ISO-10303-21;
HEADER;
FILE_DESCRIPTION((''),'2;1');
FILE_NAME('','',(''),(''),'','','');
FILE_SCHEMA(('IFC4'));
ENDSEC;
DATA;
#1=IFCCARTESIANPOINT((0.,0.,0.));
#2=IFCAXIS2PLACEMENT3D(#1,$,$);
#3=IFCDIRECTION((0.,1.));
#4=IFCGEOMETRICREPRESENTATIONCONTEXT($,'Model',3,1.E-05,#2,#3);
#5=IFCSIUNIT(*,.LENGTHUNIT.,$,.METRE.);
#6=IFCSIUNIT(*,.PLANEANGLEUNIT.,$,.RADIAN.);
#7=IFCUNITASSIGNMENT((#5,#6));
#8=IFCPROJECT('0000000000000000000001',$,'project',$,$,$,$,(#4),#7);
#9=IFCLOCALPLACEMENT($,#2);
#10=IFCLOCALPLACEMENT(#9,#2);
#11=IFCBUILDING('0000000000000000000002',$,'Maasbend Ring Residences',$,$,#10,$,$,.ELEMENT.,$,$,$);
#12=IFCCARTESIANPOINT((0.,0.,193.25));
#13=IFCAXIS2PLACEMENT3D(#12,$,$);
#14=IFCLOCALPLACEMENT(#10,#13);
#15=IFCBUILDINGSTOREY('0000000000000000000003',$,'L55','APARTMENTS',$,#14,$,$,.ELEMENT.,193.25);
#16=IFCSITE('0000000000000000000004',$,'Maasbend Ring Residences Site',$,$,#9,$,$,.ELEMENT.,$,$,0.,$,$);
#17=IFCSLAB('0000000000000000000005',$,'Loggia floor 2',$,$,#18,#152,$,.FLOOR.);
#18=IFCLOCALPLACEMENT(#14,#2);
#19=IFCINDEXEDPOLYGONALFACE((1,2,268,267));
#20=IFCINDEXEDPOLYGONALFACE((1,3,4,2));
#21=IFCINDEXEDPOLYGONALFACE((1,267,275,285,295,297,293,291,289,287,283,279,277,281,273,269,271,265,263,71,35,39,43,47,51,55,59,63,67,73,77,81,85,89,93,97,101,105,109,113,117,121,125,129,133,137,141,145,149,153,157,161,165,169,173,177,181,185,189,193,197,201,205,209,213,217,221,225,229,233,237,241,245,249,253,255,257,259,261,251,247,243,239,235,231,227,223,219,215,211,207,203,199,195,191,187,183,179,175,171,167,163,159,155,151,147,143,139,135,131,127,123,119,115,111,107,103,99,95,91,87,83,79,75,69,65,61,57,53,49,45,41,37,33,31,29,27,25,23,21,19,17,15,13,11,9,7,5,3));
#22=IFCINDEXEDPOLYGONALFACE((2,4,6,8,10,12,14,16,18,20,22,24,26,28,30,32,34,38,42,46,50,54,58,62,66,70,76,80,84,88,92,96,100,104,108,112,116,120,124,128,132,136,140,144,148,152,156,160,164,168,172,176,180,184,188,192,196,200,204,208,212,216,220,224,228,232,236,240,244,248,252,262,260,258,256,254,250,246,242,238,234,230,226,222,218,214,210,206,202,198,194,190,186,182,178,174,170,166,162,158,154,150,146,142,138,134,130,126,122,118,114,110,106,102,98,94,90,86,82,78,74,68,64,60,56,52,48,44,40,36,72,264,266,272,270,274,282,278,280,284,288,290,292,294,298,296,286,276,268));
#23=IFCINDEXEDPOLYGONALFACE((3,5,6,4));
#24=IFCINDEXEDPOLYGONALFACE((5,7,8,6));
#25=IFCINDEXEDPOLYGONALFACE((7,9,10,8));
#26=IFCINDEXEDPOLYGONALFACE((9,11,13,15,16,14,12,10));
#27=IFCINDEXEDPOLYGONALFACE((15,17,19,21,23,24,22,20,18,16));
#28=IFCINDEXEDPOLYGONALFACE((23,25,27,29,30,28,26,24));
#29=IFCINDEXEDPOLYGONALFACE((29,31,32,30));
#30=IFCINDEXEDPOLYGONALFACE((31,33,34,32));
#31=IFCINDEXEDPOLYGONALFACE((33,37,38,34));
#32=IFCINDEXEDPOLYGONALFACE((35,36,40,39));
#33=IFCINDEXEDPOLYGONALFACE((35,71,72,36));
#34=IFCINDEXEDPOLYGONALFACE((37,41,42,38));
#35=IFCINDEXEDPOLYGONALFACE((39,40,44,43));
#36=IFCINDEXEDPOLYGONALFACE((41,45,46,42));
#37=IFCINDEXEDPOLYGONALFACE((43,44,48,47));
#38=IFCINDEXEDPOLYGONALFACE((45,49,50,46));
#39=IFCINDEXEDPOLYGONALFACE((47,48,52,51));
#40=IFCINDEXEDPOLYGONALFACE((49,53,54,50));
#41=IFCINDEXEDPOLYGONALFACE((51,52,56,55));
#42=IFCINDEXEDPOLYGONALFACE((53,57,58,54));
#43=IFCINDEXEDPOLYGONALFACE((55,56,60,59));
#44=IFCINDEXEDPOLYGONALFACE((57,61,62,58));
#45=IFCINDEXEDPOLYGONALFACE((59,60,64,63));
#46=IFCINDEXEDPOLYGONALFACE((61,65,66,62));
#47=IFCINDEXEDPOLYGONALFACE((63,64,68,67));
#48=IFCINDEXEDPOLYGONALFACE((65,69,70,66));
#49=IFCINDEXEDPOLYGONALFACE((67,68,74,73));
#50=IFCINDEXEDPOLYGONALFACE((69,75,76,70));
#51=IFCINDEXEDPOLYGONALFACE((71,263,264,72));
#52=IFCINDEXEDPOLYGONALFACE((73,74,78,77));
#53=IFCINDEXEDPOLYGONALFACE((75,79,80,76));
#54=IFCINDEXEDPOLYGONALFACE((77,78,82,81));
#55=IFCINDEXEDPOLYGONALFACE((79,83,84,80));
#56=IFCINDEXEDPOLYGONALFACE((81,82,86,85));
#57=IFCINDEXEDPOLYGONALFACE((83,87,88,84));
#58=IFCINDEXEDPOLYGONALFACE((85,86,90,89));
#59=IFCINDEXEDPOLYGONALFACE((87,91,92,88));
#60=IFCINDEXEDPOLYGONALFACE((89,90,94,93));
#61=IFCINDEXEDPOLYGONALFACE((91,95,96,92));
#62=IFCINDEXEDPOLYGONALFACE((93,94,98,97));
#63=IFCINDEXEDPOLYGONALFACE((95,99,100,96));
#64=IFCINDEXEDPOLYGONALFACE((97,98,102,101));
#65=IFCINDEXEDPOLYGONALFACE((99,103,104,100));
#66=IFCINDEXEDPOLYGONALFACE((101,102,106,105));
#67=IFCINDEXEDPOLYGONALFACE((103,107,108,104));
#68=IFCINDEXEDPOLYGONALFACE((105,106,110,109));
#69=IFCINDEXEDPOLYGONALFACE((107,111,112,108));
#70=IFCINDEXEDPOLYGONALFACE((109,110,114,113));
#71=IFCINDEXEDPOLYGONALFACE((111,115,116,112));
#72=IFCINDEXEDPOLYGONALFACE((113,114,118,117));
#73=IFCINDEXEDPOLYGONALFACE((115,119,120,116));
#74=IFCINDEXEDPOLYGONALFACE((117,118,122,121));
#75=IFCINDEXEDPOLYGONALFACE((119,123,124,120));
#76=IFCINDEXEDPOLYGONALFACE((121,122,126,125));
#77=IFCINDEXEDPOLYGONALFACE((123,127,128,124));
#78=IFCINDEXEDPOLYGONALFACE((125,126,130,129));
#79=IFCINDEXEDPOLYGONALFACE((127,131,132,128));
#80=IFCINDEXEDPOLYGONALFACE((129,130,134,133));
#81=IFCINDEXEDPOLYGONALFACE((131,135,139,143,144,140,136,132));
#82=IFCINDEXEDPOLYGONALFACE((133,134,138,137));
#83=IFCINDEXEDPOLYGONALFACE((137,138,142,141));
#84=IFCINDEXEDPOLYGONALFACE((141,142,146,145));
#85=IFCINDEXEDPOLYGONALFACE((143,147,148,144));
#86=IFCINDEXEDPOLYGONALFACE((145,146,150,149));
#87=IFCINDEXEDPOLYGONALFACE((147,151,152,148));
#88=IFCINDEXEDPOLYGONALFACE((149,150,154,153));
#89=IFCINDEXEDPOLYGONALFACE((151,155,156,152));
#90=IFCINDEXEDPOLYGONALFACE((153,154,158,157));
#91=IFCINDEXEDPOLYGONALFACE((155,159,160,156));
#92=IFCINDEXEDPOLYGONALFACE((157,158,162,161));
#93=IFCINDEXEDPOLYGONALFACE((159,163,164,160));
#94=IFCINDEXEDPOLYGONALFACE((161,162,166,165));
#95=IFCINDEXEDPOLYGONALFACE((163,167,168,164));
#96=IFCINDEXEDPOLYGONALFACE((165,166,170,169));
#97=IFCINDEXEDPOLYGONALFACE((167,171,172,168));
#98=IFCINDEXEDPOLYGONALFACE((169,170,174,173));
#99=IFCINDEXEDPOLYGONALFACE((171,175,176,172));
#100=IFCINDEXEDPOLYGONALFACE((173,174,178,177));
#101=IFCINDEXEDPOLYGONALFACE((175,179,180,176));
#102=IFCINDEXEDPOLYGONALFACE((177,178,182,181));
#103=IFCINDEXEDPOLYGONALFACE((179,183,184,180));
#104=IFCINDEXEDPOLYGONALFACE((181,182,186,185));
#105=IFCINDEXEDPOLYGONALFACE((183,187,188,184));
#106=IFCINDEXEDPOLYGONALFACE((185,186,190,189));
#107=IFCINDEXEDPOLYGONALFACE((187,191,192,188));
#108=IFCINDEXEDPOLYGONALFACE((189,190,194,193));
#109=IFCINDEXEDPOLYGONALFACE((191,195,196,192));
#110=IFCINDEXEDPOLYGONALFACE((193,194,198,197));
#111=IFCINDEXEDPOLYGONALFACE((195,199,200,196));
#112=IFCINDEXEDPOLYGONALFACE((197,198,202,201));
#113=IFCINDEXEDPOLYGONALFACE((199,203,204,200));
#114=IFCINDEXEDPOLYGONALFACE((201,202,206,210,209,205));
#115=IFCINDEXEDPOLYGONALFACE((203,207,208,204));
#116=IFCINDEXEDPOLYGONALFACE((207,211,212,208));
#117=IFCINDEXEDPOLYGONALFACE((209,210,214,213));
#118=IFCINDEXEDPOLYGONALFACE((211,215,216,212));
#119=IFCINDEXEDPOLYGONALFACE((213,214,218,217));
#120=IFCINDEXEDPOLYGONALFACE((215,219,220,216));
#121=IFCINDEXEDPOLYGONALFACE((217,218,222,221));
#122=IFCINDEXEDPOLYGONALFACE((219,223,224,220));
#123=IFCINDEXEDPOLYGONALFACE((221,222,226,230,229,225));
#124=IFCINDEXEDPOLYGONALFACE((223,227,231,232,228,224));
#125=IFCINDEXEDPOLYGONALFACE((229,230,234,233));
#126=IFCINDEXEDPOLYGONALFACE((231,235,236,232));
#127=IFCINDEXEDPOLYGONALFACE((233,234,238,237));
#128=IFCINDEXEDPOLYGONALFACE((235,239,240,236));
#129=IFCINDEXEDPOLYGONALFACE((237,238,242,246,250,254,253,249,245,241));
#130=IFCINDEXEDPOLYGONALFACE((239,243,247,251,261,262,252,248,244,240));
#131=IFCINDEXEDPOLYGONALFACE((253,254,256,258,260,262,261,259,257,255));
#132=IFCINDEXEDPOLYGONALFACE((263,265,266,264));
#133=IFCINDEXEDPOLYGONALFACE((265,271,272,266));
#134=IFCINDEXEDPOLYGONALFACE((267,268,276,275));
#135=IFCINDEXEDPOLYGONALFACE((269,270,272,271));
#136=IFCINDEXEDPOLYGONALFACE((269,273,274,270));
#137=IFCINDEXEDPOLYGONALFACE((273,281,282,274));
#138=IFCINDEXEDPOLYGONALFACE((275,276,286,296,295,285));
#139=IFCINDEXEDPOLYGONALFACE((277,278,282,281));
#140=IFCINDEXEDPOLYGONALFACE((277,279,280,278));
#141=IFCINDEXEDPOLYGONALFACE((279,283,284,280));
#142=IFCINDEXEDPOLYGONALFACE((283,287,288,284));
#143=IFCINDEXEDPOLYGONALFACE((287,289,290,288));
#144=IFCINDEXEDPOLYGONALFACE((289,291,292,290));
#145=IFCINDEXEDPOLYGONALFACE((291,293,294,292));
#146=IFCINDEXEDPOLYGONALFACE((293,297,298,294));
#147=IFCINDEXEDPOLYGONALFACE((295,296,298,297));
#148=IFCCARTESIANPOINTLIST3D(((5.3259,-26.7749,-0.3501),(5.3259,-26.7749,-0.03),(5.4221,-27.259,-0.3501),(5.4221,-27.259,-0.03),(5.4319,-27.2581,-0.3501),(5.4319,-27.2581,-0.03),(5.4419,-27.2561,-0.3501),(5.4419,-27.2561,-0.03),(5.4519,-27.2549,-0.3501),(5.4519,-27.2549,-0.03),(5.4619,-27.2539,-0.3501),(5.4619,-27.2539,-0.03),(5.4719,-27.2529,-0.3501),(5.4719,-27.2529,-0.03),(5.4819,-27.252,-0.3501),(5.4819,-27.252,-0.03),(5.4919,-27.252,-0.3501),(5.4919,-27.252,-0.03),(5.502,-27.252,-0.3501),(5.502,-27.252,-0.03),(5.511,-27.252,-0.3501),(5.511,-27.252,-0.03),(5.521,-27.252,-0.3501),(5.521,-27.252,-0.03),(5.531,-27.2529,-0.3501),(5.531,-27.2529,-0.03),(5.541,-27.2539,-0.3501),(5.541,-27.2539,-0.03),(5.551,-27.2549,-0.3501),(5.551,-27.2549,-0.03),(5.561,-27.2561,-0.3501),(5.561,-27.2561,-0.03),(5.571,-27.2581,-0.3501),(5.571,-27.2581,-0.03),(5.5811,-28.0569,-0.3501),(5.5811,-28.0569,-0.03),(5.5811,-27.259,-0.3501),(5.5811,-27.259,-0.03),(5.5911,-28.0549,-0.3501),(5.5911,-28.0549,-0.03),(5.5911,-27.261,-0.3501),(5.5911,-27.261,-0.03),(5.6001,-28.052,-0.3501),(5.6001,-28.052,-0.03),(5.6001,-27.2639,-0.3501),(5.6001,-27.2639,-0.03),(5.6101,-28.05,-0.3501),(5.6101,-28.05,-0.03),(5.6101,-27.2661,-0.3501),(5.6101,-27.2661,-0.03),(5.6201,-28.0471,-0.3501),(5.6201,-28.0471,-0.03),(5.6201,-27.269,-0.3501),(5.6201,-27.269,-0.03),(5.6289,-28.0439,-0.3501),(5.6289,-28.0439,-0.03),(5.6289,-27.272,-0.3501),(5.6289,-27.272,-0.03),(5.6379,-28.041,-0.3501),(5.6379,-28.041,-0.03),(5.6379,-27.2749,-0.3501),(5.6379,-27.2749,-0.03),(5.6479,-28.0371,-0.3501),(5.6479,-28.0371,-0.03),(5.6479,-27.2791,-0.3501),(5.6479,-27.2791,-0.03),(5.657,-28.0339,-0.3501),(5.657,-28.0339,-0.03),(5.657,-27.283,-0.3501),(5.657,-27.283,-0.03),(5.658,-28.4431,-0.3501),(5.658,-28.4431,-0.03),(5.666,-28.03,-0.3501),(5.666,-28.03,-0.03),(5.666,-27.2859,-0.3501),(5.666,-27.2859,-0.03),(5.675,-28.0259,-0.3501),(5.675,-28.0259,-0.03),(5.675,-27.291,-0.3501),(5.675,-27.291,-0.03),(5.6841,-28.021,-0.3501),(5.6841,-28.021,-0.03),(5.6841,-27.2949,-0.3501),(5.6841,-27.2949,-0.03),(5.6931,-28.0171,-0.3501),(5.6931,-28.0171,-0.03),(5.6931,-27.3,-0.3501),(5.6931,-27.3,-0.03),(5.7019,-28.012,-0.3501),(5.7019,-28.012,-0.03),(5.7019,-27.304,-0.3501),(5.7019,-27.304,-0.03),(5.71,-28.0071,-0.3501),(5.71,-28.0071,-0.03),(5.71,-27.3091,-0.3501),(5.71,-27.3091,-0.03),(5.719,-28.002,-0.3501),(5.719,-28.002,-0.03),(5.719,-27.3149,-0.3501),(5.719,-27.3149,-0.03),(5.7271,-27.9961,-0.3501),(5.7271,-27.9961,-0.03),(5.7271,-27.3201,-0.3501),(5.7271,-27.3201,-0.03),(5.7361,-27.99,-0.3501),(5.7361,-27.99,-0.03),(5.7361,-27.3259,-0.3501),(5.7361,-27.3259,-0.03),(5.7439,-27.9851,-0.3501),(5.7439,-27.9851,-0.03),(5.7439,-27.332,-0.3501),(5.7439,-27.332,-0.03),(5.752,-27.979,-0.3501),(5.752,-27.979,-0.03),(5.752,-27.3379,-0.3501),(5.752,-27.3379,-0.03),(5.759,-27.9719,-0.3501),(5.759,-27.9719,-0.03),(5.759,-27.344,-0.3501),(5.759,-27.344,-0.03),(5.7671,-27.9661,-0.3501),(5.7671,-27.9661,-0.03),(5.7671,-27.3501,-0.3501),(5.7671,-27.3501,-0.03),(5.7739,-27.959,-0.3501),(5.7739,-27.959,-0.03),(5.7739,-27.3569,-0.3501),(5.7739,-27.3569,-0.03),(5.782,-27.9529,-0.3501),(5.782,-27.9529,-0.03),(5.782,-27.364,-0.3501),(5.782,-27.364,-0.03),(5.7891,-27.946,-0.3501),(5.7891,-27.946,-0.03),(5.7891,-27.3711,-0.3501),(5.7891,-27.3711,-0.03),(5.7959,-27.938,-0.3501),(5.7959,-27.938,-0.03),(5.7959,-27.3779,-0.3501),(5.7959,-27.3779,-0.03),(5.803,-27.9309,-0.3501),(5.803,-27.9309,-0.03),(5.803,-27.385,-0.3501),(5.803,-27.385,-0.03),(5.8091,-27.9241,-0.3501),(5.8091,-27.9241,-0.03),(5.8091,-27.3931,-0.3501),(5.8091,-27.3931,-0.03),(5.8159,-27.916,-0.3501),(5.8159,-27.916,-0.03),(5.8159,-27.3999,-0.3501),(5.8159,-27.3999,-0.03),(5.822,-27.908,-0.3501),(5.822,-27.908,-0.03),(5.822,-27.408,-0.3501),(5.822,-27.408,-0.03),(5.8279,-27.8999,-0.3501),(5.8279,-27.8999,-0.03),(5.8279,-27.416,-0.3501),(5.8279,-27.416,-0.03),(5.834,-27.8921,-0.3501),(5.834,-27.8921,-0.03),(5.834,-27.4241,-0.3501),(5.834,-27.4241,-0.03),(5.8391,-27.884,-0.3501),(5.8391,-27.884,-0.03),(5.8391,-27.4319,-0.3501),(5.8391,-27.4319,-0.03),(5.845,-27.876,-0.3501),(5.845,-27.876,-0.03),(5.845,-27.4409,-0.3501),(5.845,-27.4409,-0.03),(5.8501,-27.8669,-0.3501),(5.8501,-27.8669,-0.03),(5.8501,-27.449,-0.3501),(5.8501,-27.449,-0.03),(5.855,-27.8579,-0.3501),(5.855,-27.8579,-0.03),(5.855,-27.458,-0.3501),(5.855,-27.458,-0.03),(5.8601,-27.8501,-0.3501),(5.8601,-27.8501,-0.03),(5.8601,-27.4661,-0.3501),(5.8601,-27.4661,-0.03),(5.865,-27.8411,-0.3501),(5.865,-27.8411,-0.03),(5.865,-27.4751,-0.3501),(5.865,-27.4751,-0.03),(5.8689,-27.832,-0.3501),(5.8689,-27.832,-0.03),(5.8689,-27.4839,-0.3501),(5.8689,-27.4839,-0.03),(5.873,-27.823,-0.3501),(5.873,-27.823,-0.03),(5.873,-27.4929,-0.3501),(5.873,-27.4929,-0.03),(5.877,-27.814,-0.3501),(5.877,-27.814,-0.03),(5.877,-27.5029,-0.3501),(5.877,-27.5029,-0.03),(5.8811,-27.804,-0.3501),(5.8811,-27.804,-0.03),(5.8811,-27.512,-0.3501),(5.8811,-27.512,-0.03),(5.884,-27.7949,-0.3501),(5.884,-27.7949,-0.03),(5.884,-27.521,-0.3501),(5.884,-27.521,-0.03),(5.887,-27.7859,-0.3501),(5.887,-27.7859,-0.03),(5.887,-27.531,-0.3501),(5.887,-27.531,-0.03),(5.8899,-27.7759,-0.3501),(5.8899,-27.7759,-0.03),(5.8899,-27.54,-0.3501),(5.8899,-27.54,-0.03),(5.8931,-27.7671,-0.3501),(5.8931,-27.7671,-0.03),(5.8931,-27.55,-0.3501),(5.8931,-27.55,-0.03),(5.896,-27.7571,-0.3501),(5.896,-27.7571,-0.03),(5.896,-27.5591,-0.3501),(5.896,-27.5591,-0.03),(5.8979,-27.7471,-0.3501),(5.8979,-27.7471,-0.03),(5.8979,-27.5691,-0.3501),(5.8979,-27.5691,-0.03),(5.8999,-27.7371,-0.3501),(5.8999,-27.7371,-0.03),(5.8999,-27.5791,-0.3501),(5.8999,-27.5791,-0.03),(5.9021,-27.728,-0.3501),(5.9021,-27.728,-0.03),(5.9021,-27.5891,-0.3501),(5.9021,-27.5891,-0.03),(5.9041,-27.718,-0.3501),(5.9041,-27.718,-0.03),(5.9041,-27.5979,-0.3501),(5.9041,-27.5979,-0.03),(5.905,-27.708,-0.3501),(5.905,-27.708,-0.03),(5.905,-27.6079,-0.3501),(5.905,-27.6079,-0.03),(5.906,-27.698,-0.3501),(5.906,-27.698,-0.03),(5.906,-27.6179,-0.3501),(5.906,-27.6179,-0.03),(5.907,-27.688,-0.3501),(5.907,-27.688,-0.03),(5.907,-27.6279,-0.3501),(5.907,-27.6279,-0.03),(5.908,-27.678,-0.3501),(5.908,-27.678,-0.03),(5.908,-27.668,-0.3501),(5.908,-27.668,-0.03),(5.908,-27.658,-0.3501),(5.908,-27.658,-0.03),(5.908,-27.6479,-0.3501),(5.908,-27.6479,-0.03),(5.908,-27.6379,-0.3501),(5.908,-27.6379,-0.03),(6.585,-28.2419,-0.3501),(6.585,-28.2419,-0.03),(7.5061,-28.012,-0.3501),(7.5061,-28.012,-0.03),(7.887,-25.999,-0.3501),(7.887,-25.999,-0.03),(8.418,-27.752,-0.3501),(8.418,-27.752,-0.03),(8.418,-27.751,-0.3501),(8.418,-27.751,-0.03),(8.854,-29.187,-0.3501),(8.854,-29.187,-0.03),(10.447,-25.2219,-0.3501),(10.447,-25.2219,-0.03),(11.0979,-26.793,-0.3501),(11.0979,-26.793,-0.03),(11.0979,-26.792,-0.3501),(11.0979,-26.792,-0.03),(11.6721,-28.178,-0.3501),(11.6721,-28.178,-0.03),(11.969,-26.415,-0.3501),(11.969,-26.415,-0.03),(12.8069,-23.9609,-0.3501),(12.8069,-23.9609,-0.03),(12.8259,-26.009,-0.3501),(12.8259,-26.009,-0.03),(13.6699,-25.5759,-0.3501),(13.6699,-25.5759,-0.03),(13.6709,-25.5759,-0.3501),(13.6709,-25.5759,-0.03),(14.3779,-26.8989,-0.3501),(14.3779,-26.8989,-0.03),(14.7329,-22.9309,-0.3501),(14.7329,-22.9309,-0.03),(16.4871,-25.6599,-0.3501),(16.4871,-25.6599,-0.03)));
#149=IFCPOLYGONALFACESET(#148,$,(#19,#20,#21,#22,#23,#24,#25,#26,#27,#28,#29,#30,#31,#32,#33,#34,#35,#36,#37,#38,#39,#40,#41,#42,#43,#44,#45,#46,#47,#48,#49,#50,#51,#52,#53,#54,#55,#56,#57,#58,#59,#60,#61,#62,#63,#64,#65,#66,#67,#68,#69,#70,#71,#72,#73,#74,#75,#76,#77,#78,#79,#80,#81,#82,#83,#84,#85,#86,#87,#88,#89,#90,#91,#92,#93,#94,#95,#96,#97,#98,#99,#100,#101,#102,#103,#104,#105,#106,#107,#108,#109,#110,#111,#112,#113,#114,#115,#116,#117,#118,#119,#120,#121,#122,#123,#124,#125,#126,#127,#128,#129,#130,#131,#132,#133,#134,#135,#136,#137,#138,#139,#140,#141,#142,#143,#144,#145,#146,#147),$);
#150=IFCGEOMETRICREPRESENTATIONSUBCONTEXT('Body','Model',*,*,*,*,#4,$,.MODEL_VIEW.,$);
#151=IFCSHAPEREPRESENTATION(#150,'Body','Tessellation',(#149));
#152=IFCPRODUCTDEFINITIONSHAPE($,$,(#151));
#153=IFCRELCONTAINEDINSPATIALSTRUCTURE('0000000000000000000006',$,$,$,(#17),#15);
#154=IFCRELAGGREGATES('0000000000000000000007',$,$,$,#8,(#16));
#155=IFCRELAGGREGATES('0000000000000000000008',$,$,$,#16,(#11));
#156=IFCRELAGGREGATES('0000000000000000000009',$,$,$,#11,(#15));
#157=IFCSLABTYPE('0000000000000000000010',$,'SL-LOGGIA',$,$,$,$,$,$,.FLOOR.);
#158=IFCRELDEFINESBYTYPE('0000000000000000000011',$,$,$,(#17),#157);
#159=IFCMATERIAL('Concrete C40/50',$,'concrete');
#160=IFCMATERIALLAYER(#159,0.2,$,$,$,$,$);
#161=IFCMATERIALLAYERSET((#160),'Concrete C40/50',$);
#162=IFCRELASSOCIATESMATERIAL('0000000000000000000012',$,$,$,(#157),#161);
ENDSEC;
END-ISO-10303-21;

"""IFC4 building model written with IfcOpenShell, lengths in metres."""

from ifc_helpers import new_model, si_unit, direction, frame, origin, place, context, subcontext, project, spatial, polyline, outline, extrude, material, layer, layer_set, type_object, element, save


model = new_model("IFC4")

# Units and contexts
model_context = context("Model", 3, precision=1e-05, world=origin(), true_north=direction((0.0, 1.0)))
body_context = subcontext(model_context, "Body", "Model", "MODEL_VIEW")
ifc_project = project(units=[si_unit("LENGTHUNIT", "METRE"), si_unit("PLANEANGLEUNIT", "RADIAN")], contexts=[model_context])

# Site, building, storey
site_placement = place(None, origin())
site = spatial("IfcSite", under=ifc_project, at=site_placement, Name="Maasbend Ring Residences Site", CompositionType="ELEMENT", RefElevation=0.0)
building_placement = place(site_placement, origin())
building = spatial("IfcBuilding", under=site, at=building_placement, Name="Maasbend Ring Residences", CompositionType="ELEMENT")
storey_placement = place(building_placement, frame((0.0, 0.0, 193.25)))
storey = spatial("IfcBuildingStorey", under=building, at=storey_placement, Name="L55", Description="APARTMENTS", CompositionType="ELEMENT", Elevation=193.25)

# Slab
ifc_material_1 = material(Name="Concrete C40/50", Category="concrete")
ifc_layer_1 = layer(ifc_material_1, 0.2)
ifc_layer_set_1 = layer_set([ifc_layer_1], Name="Concrete C40/50")
slab_type = type_object("IfcSlabType", Name="SL-LOGGIA", PredefinedType="FLOOR", material=ifc_layer_set_1)
slab_1_placement = place(storey_placement, frame((0.0, 0.0, -0.3501)))
element("IfcSlab", 1, at=slab_1_placement, inside=storey, type_object=slab_type, Name="Loggia floor 2", PredefinedType="FLOOR", context=body_context, shape_type="SweptSolid", body=[
    extrude(outline(polyline([(10.447, -25.2219), (12.8069, -23.9609), (14.7329, -22.9309), (14.7329, -22.9309), (14.7329, -22.9309), (16.4871, -25.6599), (16.4871, -25.6599), (16.4871, -25.6599), (14.3779, -26.8989), (14.3779, -26.8989), (14.3779, -26.8989), (13.6709, -25.5759), (13.6709, -25.5759), (13.6709, -25.5759), (13.6709, -25.5759), (13.6709, -25.5759), (13.6709, -25.5759), (13.6709, -25.5759), (13.6699, -25.5759), (13.6699, -25.5759), (13.6699, -25.5759), (13.6699, -25.5759), (13.6699, -25.5759), (13.6699, -25.5759), (13.6699, -25.5759), (13.6699, -25.5759), (13.6699, -25.5759), (13.6699, -25.5759), (12.8259, -26.009), (12.8259, -26.009), (11.969, -26.415), (11.969, -26.415), (11.0979, -26.792), (11.0979, -26.792), (11.0979, -26.792), (11.0979, -26.792), (11.0979, -26.792), (11.0979, -26.792), (11.0979, -26.792), (11.0979, -26.793), (11.0979, -26.793), (11.0979, -26.793), (11.0979, -26.793), (11.0979, -26.793), (11.0979, -26.793), (11.0979, -26.793), (11.0979, -26.793), (11.0979, -26.793), (11.0979, -26.793), (11.6721, -28.178), (11.6721, -28.178), (11.6721, -28.178), (8.854, -29.187), (8.854, -29.187), (8.854, -29.187), (8.418, -27.752), (8.418, -27.752), (8.418, -27.752), (8.418, -27.752), (8.418, -27.752), (8.418, -27.752), (8.418, -27.752), (8.418, -27.751), (8.418, -27.751), (8.418, -27.751), (8.418, -27.751), (8.418, -27.751), (8.418, -27.751), (8.418, -27.751), (8.418, -27.751), (8.418, -27.751), (8.418, -27.751), (7.5061, -28.012), (7.5061, -28.012), (6.585, -28.2419), (6.585, -28.2419), (5.658, -28.4431), (5.658, -28.4431), (5.658, -28.4431), (5.5811, -28.0569), (5.5911, -28.0549), (5.6001, -28.052), (5.6101, -28.05), (5.6201, -28.0471), (5.6289, -28.0439), (5.6379, -28.041), (5.6479, -28.0371), (5.657, -28.0339), (5.666, -28.03), (5.675, -28.0259), (5.6841, -28.021), (5.6931, -28.0171), (5.7019, -28.012), (5.71, -28.0071), (5.719, -28.002), (5.7271, -27.9961), (5.7361, -27.99), (5.7439, -27.9851), (5.752, -27.979), (5.759, -27.9719), (5.7671, -27.9661), (5.7739, -27.959), (5.782, -27.9529), (5.7891, -27.946), (5.7959, -27.938), (5.803, -27.9309), (5.8091, -27.9241), (5.8159, -27.916), (5.822, -27.908), (5.8279, -27.8999), (5.834, -27.8921), (5.8391, -27.884), (5.845, -27.876), (5.8501, -27.8669), (5.855, -27.8579), (5.8601, -27.8501), (5.865, -27.8411), (5.8689, -27.832), (5.873, -27.823), (5.877, -27.814), (5.8811, -27.804), (5.884, -27.7949), (5.887, -27.7859), (5.8899, -27.7759), (5.8931, -27.7671), (5.896, -27.7571), (5.8979, -27.7471), (5.8999, -27.7371), (5.9021, -27.728), (5.9041, -27.718), (5.905, -27.708), (5.906, -27.698), (5.907, -27.688), (5.908, -27.678), (5.908, -27.668), (5.908, -27.658), (5.908, -27.6479), (5.908, -27.6379), (5.907, -27.6279), (5.906, -27.6179), (5.905, -27.6079), (5.9041, -27.5979), (5.9021, -27.5891), (5.8999, -27.5791), (5.8979, -27.5691), (5.896, -27.5591), (5.8931, -27.55), (5.8899, -27.54), (5.887, -27.531), (5.884, -27.521), (5.8811, -27.512), (5.877, -27.5029), (5.873, -27.4929), (5.8689, -27.4839), (5.865, -27.4751), (5.8601, -27.4661), (5.855, -27.458), (5.8501, -27.449), (5.845, -27.4409), (5.8391, -27.4319), (5.834, -27.4241), (5.8279, -27.416), (5.822, -27.408), (5.8159, -27.3999), (5.8091, -27.3931), (5.803, -27.385), (5.7959, -27.3779), (5.7891, -27.3711), (5.782, -27.364), (5.7739, -27.3569), (5.7671, -27.3501), (5.759, -27.344), (5.752, -27.3379), (5.7439, -27.332), (5.7361, -27.3259), (5.7271, -27.3201), (5.719, -27.3149), (5.71, -27.3091), (5.7019, -27.304), (5.6931, -27.3), (5.6841, -27.2949), (5.675, -27.291), (5.666, -27.2859), (5.657, -27.283), (5.6479, -27.2791), (5.6379, -27.2749), (5.6289, -27.272), (5.6201, -27.269), (5.6101, -27.2661), (5.6001, -27.2639), (5.5911, -27.261), (5.5811, -27.259), (5.571, -27.2581), (5.561, -27.2561), (5.551, -27.2549), (5.541, -27.2539), (5.531, -27.2529), (5.521, -27.252), (5.511, -27.252), (5.502, -27.252), (5.4919, -27.252), (5.4819, -27.252), (5.4719, -27.2529), (5.4619, -27.2539), (5.4519, -27.2549), (5.4419, -27.2561), (5.4319, -27.2581), (5.4221, -27.259), (5.3259, -26.7749), (5.3259, -26.7749), (5.3259, -26.7749), (7.887, -25.999), (10.447, -25.2219), (10.447, -25.2219), (10.447, -25.2219)])), origin(), (0.0, 0.0, 1.0), 0.3201),
])

save(model, "model.ifc")
